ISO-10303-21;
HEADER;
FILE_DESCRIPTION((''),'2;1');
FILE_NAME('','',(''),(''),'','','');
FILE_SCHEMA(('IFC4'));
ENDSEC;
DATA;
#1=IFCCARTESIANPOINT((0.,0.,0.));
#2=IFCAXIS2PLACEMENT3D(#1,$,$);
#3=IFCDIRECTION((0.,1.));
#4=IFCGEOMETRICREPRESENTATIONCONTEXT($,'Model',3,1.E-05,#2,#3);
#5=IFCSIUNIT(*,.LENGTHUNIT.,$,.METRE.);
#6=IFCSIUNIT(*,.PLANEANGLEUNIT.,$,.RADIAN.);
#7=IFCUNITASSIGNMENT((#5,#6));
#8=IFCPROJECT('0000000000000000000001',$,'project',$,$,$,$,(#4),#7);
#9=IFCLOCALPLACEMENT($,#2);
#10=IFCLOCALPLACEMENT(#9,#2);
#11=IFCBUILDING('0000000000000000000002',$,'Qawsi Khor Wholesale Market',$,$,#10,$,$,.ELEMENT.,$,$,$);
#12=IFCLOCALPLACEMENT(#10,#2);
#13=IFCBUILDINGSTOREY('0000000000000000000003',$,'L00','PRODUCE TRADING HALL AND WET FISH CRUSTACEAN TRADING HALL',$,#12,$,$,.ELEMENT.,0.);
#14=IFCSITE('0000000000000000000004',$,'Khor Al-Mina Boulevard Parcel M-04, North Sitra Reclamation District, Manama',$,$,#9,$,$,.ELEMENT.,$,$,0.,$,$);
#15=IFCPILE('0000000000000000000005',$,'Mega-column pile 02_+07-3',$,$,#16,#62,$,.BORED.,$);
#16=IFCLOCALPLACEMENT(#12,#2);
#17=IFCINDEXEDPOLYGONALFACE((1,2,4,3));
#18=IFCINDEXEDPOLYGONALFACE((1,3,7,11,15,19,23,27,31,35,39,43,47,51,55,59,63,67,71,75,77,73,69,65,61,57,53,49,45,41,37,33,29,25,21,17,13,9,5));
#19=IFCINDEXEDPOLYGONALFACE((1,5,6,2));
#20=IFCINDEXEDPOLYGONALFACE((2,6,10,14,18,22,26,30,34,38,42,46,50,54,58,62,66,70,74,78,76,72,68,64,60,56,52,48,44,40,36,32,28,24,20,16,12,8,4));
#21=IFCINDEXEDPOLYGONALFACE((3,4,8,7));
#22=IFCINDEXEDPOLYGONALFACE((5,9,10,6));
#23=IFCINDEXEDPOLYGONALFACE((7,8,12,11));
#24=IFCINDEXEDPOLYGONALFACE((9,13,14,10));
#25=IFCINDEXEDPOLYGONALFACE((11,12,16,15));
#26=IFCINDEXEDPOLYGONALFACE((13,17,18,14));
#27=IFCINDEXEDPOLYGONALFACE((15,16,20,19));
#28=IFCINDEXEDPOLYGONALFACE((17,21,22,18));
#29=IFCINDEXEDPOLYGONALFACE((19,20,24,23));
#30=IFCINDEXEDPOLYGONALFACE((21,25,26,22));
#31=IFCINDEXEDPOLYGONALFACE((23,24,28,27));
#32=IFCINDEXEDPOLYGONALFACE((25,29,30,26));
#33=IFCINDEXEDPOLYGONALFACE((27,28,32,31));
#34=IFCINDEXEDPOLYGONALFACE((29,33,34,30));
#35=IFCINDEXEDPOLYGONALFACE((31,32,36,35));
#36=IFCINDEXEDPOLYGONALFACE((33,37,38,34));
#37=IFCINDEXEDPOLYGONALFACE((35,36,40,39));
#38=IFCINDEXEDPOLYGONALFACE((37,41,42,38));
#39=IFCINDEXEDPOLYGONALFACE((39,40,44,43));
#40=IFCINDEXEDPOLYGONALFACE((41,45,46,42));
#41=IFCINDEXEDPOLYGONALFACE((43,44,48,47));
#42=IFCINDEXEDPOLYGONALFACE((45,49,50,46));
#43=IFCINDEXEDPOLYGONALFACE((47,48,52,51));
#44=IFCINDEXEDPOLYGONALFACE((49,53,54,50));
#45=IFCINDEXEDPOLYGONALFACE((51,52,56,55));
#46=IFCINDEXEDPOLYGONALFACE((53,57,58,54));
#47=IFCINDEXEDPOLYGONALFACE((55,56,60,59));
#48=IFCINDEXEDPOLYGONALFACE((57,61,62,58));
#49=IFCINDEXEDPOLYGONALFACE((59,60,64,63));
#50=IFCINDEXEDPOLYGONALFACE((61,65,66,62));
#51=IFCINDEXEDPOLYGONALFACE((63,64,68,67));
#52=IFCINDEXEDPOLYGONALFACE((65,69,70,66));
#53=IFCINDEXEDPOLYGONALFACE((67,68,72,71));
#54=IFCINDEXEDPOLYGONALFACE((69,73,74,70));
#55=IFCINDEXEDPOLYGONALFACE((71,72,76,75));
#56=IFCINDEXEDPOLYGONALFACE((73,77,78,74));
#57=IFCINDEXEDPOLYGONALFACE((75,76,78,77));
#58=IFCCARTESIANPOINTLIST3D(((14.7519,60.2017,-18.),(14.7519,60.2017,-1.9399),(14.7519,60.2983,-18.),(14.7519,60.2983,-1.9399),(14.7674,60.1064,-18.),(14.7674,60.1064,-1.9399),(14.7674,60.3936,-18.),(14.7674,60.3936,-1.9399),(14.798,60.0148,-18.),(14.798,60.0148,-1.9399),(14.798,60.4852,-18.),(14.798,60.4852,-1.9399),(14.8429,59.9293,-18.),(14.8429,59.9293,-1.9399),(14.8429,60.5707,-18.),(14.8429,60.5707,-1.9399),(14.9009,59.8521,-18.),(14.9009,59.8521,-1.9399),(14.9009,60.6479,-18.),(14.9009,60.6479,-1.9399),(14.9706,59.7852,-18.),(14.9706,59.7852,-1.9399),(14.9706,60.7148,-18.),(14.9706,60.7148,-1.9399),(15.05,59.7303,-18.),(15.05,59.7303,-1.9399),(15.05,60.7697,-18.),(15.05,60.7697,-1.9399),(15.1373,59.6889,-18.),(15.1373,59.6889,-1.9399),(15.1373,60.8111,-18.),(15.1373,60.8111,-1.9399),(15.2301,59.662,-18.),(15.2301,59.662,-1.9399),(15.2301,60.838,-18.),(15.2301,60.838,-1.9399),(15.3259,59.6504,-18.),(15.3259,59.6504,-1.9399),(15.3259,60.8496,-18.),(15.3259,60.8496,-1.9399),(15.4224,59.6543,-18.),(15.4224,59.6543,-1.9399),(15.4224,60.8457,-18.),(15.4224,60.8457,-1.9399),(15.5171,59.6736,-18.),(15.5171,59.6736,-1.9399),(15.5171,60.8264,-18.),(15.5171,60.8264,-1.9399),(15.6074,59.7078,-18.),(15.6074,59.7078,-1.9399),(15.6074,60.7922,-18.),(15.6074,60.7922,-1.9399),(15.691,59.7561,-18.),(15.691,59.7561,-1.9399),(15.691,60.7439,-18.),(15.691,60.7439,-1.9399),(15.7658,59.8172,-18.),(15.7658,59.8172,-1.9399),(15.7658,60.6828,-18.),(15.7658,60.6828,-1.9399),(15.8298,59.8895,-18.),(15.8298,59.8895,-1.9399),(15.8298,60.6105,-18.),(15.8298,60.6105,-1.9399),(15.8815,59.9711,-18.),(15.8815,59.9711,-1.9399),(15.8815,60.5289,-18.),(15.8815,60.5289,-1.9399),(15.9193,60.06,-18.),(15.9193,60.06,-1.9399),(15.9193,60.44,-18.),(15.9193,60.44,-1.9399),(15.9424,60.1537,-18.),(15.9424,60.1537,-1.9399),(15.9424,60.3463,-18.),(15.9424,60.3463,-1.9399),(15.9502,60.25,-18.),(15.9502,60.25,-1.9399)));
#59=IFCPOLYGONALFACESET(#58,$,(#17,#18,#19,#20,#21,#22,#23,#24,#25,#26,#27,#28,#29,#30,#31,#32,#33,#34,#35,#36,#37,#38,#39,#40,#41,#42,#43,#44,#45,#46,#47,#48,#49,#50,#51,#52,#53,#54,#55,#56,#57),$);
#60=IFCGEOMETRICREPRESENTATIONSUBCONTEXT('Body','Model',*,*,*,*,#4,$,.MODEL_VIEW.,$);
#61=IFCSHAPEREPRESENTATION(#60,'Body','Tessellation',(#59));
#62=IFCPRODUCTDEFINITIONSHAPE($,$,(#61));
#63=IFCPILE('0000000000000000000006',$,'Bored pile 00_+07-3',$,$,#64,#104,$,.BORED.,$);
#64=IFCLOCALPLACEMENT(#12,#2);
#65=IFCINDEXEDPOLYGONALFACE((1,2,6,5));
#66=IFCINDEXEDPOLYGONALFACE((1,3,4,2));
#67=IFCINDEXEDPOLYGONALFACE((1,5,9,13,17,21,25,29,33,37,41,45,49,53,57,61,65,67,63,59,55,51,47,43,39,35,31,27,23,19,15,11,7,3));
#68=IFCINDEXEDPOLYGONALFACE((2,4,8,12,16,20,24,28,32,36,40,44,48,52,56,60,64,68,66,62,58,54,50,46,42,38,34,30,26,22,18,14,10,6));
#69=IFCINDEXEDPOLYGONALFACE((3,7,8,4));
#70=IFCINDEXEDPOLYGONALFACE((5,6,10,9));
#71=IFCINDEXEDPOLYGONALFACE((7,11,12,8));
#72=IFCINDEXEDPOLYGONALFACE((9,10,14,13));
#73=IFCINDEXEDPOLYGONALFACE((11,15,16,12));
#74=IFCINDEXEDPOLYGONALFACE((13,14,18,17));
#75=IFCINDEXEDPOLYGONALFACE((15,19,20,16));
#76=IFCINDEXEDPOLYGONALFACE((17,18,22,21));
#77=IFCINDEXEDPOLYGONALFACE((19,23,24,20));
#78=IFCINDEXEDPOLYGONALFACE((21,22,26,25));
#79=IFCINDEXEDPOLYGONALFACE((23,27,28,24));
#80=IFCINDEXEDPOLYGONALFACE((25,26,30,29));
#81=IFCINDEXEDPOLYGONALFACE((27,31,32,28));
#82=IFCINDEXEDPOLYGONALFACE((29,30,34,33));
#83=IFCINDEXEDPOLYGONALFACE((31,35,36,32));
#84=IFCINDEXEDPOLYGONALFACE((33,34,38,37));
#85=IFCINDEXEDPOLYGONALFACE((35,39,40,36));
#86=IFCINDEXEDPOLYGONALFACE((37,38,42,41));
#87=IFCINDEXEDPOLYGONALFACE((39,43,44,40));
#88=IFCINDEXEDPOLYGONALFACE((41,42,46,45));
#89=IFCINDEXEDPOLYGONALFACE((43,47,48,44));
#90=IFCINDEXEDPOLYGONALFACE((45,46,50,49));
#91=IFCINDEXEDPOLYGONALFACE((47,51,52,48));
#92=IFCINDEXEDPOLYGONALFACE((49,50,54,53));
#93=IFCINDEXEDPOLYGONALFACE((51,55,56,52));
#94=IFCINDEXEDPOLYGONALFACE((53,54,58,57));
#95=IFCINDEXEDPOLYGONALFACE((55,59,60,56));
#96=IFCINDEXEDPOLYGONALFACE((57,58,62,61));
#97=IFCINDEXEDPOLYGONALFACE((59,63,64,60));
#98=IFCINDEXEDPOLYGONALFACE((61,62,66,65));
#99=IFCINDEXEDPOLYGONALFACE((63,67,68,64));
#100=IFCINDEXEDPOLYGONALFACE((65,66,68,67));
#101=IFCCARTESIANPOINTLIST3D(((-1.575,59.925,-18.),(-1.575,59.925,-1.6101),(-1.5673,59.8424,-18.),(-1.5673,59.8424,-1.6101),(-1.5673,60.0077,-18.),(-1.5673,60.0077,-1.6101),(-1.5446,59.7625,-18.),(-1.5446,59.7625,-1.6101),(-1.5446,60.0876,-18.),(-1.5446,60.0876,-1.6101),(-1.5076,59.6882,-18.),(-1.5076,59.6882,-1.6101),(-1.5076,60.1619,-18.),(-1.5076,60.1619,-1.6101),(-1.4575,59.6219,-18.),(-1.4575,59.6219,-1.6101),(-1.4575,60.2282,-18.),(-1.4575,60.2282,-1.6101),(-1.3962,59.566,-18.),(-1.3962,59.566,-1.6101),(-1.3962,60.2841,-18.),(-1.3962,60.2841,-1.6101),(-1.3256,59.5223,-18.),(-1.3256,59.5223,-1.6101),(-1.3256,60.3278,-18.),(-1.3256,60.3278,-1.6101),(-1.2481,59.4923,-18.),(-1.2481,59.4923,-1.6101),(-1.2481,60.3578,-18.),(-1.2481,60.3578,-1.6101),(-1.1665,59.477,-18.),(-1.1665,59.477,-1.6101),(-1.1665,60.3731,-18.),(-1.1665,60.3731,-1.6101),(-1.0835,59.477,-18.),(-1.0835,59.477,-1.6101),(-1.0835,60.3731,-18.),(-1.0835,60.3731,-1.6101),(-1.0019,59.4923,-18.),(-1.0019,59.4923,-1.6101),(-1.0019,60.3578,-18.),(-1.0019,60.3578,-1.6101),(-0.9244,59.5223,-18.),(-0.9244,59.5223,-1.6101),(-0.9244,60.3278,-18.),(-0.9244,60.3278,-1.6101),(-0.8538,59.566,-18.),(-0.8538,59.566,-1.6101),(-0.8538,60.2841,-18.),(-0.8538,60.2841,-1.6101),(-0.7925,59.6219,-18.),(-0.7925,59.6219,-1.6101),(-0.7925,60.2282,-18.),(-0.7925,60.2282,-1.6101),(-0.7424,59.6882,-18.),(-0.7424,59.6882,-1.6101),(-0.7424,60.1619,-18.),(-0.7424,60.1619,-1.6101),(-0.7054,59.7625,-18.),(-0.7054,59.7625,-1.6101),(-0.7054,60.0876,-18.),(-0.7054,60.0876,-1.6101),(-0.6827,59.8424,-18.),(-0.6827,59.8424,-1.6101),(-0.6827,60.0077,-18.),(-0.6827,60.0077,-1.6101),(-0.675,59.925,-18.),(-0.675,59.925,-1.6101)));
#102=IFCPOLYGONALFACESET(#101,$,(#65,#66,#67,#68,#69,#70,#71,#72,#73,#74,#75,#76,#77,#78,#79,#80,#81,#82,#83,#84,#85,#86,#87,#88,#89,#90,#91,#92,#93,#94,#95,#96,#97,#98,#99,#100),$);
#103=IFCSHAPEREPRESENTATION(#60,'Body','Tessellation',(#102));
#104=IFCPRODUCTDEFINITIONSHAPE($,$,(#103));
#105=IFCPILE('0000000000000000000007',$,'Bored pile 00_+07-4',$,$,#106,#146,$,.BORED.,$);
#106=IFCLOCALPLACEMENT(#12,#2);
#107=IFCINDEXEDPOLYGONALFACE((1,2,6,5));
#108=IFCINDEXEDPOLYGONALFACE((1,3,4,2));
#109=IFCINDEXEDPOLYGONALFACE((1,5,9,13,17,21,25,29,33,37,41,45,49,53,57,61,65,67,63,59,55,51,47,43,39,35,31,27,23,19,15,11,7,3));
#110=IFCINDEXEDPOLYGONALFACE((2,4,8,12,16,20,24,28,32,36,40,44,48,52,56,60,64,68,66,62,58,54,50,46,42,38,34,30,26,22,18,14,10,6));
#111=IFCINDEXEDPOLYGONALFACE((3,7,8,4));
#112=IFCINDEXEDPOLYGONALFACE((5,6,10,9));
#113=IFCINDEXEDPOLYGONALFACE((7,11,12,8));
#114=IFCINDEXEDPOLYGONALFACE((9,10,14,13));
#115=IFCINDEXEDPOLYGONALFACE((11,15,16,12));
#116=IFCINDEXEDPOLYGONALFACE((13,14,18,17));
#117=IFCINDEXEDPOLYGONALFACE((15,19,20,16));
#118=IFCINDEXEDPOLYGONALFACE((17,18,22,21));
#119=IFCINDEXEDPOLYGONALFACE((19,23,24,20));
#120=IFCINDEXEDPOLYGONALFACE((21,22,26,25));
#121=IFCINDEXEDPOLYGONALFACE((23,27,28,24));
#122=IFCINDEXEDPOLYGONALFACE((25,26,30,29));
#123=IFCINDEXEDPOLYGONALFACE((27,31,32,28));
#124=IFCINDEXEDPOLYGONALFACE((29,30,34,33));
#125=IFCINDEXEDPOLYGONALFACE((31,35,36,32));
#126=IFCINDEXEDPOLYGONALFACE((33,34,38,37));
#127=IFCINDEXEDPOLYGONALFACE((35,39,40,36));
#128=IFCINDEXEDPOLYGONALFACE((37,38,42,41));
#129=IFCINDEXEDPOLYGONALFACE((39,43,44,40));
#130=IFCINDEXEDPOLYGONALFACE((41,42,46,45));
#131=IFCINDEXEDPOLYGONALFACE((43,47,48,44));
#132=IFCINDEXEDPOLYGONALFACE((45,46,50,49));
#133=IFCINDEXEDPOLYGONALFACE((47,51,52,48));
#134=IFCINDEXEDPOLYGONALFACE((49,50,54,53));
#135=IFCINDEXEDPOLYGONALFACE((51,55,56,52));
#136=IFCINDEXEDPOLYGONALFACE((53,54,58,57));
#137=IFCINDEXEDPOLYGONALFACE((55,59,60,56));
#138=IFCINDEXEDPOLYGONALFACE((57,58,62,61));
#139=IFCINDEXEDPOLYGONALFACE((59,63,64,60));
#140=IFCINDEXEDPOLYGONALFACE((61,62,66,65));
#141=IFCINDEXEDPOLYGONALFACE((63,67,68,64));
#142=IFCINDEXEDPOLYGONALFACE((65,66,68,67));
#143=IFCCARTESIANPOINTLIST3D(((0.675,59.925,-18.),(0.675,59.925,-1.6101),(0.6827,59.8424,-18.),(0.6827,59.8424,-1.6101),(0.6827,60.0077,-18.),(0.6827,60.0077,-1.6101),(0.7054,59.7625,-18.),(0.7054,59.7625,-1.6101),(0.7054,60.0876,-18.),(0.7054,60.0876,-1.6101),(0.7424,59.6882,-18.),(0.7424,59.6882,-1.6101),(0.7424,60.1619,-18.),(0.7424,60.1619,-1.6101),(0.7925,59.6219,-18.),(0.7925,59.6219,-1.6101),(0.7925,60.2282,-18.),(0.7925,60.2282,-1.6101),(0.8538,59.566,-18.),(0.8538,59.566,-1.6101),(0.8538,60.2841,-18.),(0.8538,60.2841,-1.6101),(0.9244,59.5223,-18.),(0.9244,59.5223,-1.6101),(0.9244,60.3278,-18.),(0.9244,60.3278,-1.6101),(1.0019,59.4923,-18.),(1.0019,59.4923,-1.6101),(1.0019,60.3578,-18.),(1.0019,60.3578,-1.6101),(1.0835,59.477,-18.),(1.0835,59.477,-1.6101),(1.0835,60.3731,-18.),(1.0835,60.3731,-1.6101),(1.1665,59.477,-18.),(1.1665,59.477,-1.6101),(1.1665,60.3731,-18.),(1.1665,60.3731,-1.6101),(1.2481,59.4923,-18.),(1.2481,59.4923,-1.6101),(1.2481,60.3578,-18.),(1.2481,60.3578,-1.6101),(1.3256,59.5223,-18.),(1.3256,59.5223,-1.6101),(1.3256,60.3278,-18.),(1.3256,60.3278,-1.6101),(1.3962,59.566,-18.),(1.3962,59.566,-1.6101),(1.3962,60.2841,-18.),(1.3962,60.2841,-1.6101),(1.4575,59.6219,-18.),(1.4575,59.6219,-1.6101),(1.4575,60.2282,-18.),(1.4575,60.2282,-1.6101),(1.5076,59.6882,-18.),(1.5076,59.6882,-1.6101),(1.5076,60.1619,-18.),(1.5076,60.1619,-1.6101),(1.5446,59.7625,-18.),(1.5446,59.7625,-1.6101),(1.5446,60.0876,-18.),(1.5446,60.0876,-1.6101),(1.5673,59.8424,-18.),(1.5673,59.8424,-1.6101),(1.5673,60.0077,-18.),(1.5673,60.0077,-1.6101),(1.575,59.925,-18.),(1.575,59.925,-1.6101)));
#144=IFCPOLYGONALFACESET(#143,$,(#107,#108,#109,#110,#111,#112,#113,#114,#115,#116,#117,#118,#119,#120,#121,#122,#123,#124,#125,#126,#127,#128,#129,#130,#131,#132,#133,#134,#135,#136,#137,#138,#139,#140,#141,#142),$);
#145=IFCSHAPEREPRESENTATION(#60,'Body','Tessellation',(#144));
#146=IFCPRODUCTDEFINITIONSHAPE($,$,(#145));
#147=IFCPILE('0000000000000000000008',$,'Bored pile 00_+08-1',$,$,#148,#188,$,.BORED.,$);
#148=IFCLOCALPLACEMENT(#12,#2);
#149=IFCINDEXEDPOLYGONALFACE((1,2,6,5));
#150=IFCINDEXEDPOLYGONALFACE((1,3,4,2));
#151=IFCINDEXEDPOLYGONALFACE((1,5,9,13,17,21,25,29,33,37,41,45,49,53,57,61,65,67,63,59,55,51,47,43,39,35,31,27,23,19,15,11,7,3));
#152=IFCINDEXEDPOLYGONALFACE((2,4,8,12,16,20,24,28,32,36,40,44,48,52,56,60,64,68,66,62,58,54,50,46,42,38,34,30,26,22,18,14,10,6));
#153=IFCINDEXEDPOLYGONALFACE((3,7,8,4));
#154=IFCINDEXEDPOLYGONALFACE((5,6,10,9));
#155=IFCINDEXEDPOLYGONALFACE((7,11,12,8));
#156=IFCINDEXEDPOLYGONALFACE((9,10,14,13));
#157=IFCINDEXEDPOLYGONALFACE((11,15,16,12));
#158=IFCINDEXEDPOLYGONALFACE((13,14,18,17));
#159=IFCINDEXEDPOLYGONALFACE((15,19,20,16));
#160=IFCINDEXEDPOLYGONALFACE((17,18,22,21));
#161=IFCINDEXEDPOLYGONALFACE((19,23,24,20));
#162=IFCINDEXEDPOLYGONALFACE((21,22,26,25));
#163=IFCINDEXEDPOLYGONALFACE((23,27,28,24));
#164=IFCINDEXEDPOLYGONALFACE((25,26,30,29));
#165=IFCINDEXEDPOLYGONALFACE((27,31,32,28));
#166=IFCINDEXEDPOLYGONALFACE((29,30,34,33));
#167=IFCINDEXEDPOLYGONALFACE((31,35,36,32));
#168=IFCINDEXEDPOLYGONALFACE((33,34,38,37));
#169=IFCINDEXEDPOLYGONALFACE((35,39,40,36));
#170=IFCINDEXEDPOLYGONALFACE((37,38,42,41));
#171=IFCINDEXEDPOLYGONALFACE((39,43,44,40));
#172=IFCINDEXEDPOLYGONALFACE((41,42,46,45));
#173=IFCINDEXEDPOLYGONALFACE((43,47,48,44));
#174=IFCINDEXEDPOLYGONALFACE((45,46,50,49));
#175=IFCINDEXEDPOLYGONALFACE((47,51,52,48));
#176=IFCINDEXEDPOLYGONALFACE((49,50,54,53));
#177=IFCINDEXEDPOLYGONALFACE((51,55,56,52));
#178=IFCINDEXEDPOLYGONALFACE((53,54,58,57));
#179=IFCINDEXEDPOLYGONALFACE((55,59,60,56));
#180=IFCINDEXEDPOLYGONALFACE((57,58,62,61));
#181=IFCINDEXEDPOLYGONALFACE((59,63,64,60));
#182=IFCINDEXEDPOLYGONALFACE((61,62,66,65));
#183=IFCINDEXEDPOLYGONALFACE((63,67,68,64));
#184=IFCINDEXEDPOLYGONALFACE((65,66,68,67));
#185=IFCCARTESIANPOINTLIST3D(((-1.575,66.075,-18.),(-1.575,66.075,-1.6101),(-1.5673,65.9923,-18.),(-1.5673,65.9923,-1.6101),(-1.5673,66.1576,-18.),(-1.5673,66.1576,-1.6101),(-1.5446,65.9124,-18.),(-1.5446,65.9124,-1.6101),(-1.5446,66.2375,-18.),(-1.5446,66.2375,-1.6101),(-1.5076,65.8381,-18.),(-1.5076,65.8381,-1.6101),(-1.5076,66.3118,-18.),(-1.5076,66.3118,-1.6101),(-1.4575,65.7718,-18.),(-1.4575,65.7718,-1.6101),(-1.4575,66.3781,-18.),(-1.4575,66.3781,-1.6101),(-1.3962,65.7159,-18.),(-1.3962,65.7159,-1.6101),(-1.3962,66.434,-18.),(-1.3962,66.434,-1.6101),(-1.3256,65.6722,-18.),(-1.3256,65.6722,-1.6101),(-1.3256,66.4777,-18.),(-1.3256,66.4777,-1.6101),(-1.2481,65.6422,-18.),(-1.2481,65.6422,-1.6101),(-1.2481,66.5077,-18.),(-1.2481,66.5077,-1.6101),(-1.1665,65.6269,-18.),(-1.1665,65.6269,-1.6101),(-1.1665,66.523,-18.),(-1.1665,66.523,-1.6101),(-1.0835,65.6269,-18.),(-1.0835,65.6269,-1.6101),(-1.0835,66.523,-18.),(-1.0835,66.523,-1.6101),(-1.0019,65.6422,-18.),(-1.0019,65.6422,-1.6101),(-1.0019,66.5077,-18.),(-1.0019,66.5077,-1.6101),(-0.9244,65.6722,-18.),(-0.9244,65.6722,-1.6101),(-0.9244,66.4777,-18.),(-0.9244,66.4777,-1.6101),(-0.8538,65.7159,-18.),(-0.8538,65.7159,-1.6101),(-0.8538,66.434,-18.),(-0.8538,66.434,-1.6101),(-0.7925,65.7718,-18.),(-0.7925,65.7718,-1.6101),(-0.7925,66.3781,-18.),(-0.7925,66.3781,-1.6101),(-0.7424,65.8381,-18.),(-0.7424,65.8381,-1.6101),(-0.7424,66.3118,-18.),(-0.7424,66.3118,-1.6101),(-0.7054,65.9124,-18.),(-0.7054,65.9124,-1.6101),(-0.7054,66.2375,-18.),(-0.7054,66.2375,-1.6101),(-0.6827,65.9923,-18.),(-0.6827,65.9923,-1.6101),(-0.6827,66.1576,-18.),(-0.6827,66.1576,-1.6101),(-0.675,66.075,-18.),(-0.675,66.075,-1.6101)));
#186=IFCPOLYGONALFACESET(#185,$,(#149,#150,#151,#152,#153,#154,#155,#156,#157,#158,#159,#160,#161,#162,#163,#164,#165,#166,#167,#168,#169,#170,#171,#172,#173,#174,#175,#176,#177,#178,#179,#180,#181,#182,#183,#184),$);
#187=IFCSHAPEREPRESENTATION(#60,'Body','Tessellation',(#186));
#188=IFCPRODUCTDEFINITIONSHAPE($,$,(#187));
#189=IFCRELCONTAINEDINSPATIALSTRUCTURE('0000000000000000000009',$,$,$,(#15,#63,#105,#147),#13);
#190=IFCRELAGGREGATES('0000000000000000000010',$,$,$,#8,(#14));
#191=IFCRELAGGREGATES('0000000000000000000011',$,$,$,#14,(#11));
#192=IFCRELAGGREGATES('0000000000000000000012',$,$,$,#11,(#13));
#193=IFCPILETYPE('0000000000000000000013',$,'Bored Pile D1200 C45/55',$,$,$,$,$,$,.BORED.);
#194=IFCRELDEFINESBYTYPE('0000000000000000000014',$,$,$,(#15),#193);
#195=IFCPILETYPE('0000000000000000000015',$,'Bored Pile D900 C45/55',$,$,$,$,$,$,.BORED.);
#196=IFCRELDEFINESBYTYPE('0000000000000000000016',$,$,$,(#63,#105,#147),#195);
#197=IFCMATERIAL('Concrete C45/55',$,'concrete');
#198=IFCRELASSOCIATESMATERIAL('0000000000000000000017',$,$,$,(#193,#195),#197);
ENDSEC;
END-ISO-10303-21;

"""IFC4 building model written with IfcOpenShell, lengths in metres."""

from ifc_helpers import new_model, si_unit, direction, frame, origin, origin_2d, place, context, subcontext, project, spatial, circle, extrude, material, material_profile, profile_set, type_object, element, save


model = new_model("IFC4")

# Units and contexts
model_context = context("Model", 3, precision=1e-05, world=origin(), true_north=direction((0.0, 1.0)))
body_context = subcontext(model_context, "Body", "Model", "MODEL_VIEW")
ifc_project = project(units=[si_unit("LENGTHUNIT", "METRE"), si_unit("PLANEANGLEUNIT", "RADIAN")], contexts=[model_context])

# Site, building, storey
site_placement = place(None, origin())
site = spatial("IfcSite", under=ifc_project, at=site_placement, Name="Khor Al-Mina Boulevard Parcel M-04, North Sitra Reclamation District, Manama", CompositionType="ELEMENT", RefElevation=0.0)
building_placement = place(site_placement, origin())
building = spatial("IfcBuilding", under=site, at=building_placement, Name="Qawsi Khor Wholesale Market", CompositionType="ELEMENT")
storey_placement = place(building_placement, origin())
storey = spatial("IfcBuildingStorey", under=building, at=storey_placement, Name="L00", Description="PRODUCE TRADING HALL AND WET FISH CRUSTACEAN TRADING HALL", CompositionType="ELEMENT", Elevation=0.0)

# Piles
ifc_material_1 = material(Name="Concrete C45/55", Category="concrete")
ifc_material_profile_1 = material_profile(ifc_material_1, circle(Radius=0.6001, at=origin_2d()), Name="PILE D1200")
ifc_profile_set_1 = profile_set([ifc_material_profile_1], Name="Concrete C45/55")
pile_type_1 = type_object("IfcPileType", Name="Bored Pile D1200 C45/55", PredefinedType="BORED", material=ifc_profile_set_1)
pile_placement = place(storey_placement, frame((15.3501, 60.25, -1.9399), z_axis=(0.0, 0.0, -1.0), x_axis=(1.0, 0.0, 0.0)))
element("IfcPile", 1, at=pile_placement, inside=storey, type_object=pile_type_1, Name="Mega-column pile 02_+07-3", PredefinedType="BORED", context=body_context, shape_type="SweptSolid", body=[
    extrude(circle(Radius=0.6001, at=origin_2d()), origin(), (0.0, 0.0, 1.0), 16.0601),
])
ifc_material_profile_2 = material_profile(ifc_material_1, circle(Radius=0.45, at=origin_2d()), Name="PILE D900")
ifc_profile_set_2 = profile_set([ifc_material_profile_2], Name="Concrete C45/55")
pile_type_2 = type_object("IfcPileType", Name="Bored Pile D900 C45/55", PredefinedType="BORED", material=ifc_profile_set_2)
for number, where, z_axis, x_axis, name in (
    (2, (-1.125, 59.925, -1.6101), (0.0, 0.0, -1.0), (1.0, 0.0, 0.0), "Bored pile 00_+07-3"),
    (3, (1.125, 59.925, -1.6101), (0.0, 0.0, -1.0), (1.0, 0.0, 0.0), "Bored pile 00_+07-4"),
    (4, (-1.125, 66.075, -1.6101), (0.0, 0.0, -1.0), (1.0, 0.0, 0.0), "Bored pile 00_+08-1"),
):
    element("IfcPile", number, at=place(storey_placement, frame(where, z_axis=z_axis, x_axis=x_axis)), inside=storey, type_object=pile_type_2, Name=name, PredefinedType="BORED", context=body_context, shape_type="SweptSolid", body=[
        extrude(circle(Radius=0.45, at=origin_2d()), origin(), (0.0, 0.0, 1.0), 16.3899),
    ])

save(model, "model.ifc")
